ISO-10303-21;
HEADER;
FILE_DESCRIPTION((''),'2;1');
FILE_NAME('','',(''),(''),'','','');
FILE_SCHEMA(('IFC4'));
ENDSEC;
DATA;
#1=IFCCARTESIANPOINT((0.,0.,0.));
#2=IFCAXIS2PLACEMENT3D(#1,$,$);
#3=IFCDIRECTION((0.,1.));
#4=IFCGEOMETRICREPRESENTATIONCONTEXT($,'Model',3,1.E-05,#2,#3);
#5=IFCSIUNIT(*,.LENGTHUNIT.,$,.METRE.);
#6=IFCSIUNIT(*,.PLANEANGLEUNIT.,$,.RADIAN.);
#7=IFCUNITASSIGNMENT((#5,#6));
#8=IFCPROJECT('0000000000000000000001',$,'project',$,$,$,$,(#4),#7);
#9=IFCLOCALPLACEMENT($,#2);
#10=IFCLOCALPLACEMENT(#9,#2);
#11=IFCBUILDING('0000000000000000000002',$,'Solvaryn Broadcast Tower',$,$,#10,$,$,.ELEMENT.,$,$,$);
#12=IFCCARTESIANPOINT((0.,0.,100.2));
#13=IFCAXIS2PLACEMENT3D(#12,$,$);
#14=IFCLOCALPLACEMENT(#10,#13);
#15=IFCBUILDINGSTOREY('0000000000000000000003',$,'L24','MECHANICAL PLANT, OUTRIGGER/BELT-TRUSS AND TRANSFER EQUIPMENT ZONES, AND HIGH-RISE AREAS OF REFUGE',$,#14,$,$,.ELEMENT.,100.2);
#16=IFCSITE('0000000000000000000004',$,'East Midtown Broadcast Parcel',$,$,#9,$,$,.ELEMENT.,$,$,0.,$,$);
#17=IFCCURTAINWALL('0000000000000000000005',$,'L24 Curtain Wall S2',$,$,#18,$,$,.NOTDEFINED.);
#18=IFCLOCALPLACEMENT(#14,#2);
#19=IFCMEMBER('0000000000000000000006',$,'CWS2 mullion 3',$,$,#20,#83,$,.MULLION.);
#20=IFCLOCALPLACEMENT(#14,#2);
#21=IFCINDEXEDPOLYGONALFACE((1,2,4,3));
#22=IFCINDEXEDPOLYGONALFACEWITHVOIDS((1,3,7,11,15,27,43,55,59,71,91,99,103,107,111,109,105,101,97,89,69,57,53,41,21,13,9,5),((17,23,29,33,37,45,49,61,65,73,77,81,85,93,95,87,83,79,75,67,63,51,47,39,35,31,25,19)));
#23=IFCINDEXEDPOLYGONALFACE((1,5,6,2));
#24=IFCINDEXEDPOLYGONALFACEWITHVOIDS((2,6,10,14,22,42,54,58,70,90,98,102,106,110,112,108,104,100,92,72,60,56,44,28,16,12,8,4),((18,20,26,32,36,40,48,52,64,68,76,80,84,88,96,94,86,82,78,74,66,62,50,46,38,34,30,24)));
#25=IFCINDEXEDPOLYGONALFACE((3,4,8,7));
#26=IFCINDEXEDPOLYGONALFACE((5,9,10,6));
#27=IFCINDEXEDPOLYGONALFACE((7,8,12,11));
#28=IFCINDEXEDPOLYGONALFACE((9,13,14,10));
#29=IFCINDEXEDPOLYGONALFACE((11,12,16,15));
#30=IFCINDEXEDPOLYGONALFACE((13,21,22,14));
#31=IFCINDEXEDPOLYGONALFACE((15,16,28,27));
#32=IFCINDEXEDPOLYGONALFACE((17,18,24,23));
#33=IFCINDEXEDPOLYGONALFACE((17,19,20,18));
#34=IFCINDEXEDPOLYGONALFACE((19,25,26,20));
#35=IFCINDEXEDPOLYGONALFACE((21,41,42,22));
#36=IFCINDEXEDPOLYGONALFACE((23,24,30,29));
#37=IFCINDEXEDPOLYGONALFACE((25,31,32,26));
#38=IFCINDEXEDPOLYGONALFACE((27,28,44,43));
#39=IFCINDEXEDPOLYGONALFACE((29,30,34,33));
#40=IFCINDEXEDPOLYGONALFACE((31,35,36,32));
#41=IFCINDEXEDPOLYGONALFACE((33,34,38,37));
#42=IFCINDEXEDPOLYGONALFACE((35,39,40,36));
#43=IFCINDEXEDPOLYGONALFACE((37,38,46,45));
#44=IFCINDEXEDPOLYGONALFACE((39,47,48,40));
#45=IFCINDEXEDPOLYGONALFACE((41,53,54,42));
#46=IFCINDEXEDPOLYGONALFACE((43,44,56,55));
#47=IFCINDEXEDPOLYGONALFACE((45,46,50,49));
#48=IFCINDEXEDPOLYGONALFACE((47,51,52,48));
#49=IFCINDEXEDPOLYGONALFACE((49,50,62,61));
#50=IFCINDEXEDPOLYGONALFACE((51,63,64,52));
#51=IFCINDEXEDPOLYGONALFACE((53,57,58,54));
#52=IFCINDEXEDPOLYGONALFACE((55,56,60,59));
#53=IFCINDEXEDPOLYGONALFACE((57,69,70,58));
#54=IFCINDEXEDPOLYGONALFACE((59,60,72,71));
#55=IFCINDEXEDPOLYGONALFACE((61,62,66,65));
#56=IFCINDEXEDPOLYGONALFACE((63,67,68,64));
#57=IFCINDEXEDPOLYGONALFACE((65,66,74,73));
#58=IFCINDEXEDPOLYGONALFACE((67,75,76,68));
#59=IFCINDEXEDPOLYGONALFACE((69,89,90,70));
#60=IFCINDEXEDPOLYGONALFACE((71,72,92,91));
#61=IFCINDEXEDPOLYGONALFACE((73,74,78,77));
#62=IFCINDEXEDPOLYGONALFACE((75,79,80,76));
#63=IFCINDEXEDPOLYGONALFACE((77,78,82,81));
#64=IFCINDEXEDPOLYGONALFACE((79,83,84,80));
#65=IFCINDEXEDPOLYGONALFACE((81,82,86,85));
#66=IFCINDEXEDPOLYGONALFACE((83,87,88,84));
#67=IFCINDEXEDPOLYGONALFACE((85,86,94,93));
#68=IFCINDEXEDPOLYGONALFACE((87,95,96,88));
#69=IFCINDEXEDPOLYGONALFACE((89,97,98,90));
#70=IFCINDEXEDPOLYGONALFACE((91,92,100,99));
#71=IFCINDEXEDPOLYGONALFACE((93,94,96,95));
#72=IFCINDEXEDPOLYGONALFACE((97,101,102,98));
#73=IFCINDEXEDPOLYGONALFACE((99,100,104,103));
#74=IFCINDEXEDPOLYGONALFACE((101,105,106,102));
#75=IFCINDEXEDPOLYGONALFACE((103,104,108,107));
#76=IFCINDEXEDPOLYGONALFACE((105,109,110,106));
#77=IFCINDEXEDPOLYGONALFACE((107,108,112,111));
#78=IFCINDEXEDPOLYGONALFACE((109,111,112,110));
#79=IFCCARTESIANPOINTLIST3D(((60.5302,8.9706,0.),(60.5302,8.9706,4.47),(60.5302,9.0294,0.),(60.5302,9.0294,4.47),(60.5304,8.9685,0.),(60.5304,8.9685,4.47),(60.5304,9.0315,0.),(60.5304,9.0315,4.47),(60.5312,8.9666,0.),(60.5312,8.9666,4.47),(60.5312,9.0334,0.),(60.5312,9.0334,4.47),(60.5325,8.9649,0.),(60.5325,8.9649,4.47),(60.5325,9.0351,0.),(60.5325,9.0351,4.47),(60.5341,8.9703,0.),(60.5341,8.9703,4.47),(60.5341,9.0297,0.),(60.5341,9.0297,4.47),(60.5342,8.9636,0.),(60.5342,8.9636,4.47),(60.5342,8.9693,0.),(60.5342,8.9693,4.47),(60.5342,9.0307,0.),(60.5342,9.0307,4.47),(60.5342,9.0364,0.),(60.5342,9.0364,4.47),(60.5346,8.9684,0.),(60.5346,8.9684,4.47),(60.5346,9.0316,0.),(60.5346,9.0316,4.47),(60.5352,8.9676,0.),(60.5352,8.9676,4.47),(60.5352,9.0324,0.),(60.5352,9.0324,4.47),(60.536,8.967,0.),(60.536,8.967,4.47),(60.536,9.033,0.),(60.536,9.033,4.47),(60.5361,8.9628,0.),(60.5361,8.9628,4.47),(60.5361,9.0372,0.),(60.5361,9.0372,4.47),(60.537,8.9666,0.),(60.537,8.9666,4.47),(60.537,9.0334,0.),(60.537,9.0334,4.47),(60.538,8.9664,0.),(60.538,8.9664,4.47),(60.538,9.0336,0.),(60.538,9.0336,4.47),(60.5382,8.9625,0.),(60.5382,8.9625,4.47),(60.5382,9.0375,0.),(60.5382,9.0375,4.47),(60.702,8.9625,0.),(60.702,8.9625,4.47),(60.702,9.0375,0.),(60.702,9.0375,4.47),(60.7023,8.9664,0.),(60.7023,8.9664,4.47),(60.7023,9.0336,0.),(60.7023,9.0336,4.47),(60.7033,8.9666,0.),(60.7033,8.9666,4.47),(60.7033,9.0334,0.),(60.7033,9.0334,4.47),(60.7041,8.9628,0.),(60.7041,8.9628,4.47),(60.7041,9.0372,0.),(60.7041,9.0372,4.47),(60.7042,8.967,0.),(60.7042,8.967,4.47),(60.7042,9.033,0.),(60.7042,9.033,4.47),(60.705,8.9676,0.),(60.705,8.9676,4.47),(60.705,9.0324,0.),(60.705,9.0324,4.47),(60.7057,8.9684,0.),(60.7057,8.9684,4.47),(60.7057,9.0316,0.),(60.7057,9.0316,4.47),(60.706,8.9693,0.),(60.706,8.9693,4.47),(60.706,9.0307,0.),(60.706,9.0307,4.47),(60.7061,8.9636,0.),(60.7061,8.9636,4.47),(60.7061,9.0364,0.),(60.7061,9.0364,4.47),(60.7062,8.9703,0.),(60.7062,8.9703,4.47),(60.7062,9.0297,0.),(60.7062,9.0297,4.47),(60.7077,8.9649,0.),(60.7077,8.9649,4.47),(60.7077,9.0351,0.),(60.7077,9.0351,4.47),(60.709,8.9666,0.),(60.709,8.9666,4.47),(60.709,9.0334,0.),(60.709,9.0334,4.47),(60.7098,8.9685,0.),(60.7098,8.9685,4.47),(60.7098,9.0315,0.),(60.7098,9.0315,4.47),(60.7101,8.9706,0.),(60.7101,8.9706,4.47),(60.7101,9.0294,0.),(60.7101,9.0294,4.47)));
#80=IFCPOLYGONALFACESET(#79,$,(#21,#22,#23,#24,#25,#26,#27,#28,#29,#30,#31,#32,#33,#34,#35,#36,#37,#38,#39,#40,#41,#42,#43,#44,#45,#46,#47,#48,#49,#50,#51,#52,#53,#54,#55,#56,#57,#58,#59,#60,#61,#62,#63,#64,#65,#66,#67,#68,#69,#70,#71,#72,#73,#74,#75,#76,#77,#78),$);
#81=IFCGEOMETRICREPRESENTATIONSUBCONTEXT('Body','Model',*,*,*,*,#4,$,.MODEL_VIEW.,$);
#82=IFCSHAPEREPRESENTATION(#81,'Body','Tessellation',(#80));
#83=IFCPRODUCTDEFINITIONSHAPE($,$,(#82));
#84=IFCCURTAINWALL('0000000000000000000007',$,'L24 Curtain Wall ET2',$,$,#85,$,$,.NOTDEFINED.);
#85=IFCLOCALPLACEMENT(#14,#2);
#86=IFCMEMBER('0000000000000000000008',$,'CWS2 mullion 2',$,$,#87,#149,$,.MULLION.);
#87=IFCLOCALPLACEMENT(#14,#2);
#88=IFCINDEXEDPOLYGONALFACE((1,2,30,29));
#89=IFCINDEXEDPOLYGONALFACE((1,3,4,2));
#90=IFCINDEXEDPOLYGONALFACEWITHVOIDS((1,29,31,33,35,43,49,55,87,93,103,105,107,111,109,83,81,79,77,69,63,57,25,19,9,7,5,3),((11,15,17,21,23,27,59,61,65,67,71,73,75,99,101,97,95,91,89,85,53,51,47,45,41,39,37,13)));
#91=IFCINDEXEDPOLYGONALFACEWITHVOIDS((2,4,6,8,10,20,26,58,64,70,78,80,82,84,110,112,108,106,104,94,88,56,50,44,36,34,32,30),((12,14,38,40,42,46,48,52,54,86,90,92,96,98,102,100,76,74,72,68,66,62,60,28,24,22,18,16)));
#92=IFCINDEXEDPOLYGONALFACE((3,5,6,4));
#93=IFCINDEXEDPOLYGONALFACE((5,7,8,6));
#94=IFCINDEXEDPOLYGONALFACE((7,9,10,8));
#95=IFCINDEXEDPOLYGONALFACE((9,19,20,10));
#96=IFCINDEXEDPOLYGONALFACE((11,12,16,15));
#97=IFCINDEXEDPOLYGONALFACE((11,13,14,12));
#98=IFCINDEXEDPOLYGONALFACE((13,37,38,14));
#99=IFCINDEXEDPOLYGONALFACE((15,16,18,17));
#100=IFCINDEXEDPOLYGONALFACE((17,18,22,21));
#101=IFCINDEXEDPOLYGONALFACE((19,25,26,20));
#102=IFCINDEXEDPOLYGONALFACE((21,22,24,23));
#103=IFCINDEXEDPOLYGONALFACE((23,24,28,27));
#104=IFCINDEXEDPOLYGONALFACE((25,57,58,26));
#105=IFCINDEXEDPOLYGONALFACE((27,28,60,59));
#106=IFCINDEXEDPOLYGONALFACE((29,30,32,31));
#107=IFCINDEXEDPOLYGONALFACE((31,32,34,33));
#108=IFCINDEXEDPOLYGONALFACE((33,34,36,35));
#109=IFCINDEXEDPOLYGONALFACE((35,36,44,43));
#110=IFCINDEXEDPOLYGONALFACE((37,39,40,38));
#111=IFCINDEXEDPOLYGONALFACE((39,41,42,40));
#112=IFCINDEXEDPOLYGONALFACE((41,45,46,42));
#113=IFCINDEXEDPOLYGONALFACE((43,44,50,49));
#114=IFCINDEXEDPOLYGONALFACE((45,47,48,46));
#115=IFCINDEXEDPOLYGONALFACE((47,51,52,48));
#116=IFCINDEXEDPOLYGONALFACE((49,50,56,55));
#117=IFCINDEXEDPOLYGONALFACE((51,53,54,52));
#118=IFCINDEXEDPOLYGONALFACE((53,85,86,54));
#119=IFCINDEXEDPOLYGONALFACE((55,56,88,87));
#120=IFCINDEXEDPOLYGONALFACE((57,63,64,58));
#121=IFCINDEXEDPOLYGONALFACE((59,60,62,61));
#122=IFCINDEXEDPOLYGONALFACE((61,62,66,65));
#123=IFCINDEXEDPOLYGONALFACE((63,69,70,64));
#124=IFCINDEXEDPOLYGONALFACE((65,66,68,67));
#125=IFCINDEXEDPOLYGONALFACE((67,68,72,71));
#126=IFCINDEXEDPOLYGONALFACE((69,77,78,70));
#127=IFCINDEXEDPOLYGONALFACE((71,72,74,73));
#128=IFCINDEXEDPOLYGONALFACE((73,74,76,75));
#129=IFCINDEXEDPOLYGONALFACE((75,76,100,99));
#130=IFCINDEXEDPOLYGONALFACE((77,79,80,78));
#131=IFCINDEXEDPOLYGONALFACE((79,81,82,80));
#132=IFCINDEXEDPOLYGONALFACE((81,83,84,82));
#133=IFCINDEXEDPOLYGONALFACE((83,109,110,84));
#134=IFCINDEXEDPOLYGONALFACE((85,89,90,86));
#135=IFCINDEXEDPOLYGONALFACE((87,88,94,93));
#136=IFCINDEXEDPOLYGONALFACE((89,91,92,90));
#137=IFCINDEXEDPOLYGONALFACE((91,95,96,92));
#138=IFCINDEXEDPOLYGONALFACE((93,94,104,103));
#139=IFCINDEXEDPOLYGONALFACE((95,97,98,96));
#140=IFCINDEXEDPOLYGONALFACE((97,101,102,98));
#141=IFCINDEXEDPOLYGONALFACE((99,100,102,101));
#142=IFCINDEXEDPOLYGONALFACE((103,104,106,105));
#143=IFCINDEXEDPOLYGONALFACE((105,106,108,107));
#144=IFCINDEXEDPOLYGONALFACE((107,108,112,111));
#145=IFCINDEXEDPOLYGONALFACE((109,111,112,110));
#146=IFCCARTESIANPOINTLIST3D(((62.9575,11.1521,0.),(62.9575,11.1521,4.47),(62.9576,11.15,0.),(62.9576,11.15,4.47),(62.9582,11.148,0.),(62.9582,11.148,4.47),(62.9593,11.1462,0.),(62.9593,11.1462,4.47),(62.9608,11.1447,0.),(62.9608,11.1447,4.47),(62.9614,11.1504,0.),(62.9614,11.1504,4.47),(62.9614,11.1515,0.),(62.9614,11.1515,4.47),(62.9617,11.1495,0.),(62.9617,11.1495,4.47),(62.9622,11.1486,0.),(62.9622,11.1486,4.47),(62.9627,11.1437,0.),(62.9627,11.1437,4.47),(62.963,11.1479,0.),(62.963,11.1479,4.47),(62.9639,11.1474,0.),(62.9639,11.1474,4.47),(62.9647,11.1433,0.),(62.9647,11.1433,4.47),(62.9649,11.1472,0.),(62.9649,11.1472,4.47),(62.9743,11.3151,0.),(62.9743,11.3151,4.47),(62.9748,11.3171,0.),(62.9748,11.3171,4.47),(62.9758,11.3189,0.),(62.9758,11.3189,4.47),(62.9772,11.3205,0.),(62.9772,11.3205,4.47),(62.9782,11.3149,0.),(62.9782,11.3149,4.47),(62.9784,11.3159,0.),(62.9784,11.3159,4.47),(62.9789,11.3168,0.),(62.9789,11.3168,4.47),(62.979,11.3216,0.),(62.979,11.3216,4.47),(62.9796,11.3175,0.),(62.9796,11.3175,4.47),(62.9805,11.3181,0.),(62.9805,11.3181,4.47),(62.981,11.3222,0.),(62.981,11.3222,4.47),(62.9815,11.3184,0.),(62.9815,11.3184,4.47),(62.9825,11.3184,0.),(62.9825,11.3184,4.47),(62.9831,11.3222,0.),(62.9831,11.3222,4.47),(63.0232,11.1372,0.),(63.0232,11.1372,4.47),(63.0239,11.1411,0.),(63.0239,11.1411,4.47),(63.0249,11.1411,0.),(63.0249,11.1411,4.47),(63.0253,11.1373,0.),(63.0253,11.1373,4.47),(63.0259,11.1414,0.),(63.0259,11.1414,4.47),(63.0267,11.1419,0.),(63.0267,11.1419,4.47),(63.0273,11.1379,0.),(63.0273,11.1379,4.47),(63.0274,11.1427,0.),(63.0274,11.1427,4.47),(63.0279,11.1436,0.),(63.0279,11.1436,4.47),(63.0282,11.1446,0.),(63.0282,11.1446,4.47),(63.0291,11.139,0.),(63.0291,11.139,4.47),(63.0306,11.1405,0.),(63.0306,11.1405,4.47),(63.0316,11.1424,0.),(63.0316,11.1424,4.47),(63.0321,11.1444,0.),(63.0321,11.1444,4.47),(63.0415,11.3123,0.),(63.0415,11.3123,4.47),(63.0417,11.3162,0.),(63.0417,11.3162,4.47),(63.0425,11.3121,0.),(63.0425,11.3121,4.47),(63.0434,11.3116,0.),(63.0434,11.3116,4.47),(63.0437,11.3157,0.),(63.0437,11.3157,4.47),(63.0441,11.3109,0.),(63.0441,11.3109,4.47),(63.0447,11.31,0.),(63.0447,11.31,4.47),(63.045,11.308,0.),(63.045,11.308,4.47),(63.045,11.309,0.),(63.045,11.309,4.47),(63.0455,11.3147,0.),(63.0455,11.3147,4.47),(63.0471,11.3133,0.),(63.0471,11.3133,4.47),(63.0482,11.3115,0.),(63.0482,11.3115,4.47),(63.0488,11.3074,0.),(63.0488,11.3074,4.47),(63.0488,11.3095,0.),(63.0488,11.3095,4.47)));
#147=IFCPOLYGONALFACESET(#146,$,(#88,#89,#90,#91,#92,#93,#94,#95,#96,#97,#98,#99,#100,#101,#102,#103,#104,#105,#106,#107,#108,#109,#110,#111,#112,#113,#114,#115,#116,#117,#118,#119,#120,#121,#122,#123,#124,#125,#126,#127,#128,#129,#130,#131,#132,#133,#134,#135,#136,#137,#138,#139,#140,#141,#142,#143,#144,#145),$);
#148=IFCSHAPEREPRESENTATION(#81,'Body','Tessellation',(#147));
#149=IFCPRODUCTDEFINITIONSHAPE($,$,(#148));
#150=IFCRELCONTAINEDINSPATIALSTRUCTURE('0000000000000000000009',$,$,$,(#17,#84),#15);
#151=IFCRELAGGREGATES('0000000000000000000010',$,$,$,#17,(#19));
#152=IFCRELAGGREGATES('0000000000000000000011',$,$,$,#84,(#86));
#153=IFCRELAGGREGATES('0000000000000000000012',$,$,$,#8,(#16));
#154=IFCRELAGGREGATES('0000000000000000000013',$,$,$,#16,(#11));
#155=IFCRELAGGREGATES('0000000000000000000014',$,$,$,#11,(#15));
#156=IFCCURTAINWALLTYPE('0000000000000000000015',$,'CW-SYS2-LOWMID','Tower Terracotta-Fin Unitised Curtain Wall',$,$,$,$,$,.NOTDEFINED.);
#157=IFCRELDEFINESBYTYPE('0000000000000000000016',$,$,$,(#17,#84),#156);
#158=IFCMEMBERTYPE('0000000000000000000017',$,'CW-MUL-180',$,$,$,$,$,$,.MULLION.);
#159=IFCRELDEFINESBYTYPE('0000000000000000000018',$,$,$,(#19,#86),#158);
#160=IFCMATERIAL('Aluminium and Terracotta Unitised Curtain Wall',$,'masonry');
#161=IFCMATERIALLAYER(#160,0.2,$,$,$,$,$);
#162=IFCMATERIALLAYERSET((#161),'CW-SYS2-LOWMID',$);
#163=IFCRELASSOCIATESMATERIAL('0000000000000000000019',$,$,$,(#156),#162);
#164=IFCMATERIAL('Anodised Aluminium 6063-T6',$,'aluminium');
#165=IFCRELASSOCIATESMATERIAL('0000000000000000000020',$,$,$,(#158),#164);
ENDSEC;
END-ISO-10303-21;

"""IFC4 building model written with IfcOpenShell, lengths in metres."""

from ifc_helpers import new_model, si_unit, direction, frame, origin, origin_2d, place, context, subcontext, project, spatial, hollow_rectangle, extrude, material, layer, layer_set, material_profile, profile_set, type_object, element, aggregate, save


model = new_model("IFC4")

# Units and contexts
model_context = context("Model", 3, precision=1e-05, world=origin(), true_north=direction((0.0, 1.0)))
body_context = subcontext(model_context, "Body", "Model", "MODEL_VIEW")
ifc_project = project(units=[si_unit("LENGTHUNIT", "METRE"), si_unit("PLANEANGLEUNIT", "RADIAN")], contexts=[model_context])

# Site, building, storey
site_placement = place(None, origin())
site = spatial("IfcSite", under=ifc_project, at=site_placement, Name="East Midtown Broadcast Parcel", CompositionType="ELEMENT", RefElevation=0.0)
building_placement = place(site_placement, origin())
building = spatial("IfcBuilding", under=site, at=building_placement, Name="Solvaryn Broadcast Tower", CompositionType="ELEMENT")
storey_placement = place(building_placement, frame((0.0, 0.0, 100.2)))
storey = spatial("IfcBuildingStorey", under=building, at=storey_placement, Name="L24", Description="MECHANICAL PLANT, OUTRIGGER/BELT-TRUSS AND TRANSFER EQUIPMENT ZONES, AND HIGH-RISE AREAS OF REFUGE", CompositionType="ELEMENT", Elevation=100.2)

# Curtain wall, member
ifc_material_1 = material(Name="Aluminium and Terracotta Unitised Curtain Wall", Category="masonry")
ifc_layer_1 = layer(ifc_material_1, 0.2)
ifc_layer_set_1 = layer_set([ifc_layer_1], Name="CW-SYS2-LOWMID")
curtain_wall_type = type_object("IfcCurtainWallType", Name="CW-SYS2-LOWMID", Description="Tower Terracotta-Fin Unitised Curtain Wall", PredefinedType="NOTDEFINED", material=ifc_layer_set_1)
curtain_wall_1_placement = place(storey_placement, origin())
curtain_wall_1 = element("IfcCurtainWall", 1, at=curtain_wall_1_placement, inside=storey, type_object=curtain_wall_type, Name="L24 Curtain Wall S2", PredefinedType="NOTDEFINED")
ifc_material_2 = material(Name="Anodised Aluminium 6063-T6", Category="aluminium")
ifc_material_profile_1 = material_profile(ifc_material_2, hollow_rectangle(XDim=0.075, YDim=0.1799, WallThickness=0.0039, InnerFilletRadius=0.0039, OuterFilletRadius=0.0081, at=origin_2d()))
ifc_profile_set_1 = profile_set([ifc_material_profile_1], Name="Anodised Aluminium 6063-T6")
member_type_1 = type_object("IfcMemberType", Name="CW-MUL-180", PredefinedType="MULLION", material=ifc_profile_set_1)
member_1_placement = place(storey_placement, frame((60.6201, 9.0, 0.0), z_axis=(0.0, 0.0, 1.0), x_axis=(0.0, 1.0, 0.0)))
member_1 = element("IfcMember", 2, at=member_1_placement, type_object=member_type_1, Name="CWS2 mullion 3", PredefinedType="MULLION", context=body_context, shape_type="SweptSolid", body=[
    extrude(hollow_rectangle(XDim=0.075, YDim=0.1799, WallThickness=0.0039, InnerFilletRadius=0.0039, OuterFilletRadius=0.0081, at=origin_2d()), origin(), (0.0, 0.0, 1.0), 4.47),
])

# Curtain wall, member
curtain_wall_2_placement = place(storey_placement, origin())
curtain_wall_2 = element("IfcCurtainWall", 3, at=curtain_wall_2_placement, inside=storey, type_object=curtain_wall_type, Name="L24 Curtain Wall ET2", PredefinedType="NOTDEFINED")
member_2_placement = place(storey_placement, frame((63.0032, 11.2297, 0.0), z_axis=(0.0, 0.0, 1.0), x_axis=(0.994743, -0.1024, 0.0)))
member_2 = element("IfcMember", 4, at=member_2_placement, type_object=member_type_1, Name="CWS2 mullion 2", PredefinedType="MULLION", context=body_context, shape_type="SweptSolid", body=[
    extrude(hollow_rectangle(XDim=0.075, YDim=0.1799, WallThickness=0.0039, InnerFilletRadius=0.0039, OuterFilletRadius=0.0081, at=origin_2d()), origin(), (0.0, 0.0, 1.0), 4.47),
])

aggregate(curtain_wall_1, [member_1])
aggregate(curtain_wall_2, [member_2])

save(model, "model.ifc")
